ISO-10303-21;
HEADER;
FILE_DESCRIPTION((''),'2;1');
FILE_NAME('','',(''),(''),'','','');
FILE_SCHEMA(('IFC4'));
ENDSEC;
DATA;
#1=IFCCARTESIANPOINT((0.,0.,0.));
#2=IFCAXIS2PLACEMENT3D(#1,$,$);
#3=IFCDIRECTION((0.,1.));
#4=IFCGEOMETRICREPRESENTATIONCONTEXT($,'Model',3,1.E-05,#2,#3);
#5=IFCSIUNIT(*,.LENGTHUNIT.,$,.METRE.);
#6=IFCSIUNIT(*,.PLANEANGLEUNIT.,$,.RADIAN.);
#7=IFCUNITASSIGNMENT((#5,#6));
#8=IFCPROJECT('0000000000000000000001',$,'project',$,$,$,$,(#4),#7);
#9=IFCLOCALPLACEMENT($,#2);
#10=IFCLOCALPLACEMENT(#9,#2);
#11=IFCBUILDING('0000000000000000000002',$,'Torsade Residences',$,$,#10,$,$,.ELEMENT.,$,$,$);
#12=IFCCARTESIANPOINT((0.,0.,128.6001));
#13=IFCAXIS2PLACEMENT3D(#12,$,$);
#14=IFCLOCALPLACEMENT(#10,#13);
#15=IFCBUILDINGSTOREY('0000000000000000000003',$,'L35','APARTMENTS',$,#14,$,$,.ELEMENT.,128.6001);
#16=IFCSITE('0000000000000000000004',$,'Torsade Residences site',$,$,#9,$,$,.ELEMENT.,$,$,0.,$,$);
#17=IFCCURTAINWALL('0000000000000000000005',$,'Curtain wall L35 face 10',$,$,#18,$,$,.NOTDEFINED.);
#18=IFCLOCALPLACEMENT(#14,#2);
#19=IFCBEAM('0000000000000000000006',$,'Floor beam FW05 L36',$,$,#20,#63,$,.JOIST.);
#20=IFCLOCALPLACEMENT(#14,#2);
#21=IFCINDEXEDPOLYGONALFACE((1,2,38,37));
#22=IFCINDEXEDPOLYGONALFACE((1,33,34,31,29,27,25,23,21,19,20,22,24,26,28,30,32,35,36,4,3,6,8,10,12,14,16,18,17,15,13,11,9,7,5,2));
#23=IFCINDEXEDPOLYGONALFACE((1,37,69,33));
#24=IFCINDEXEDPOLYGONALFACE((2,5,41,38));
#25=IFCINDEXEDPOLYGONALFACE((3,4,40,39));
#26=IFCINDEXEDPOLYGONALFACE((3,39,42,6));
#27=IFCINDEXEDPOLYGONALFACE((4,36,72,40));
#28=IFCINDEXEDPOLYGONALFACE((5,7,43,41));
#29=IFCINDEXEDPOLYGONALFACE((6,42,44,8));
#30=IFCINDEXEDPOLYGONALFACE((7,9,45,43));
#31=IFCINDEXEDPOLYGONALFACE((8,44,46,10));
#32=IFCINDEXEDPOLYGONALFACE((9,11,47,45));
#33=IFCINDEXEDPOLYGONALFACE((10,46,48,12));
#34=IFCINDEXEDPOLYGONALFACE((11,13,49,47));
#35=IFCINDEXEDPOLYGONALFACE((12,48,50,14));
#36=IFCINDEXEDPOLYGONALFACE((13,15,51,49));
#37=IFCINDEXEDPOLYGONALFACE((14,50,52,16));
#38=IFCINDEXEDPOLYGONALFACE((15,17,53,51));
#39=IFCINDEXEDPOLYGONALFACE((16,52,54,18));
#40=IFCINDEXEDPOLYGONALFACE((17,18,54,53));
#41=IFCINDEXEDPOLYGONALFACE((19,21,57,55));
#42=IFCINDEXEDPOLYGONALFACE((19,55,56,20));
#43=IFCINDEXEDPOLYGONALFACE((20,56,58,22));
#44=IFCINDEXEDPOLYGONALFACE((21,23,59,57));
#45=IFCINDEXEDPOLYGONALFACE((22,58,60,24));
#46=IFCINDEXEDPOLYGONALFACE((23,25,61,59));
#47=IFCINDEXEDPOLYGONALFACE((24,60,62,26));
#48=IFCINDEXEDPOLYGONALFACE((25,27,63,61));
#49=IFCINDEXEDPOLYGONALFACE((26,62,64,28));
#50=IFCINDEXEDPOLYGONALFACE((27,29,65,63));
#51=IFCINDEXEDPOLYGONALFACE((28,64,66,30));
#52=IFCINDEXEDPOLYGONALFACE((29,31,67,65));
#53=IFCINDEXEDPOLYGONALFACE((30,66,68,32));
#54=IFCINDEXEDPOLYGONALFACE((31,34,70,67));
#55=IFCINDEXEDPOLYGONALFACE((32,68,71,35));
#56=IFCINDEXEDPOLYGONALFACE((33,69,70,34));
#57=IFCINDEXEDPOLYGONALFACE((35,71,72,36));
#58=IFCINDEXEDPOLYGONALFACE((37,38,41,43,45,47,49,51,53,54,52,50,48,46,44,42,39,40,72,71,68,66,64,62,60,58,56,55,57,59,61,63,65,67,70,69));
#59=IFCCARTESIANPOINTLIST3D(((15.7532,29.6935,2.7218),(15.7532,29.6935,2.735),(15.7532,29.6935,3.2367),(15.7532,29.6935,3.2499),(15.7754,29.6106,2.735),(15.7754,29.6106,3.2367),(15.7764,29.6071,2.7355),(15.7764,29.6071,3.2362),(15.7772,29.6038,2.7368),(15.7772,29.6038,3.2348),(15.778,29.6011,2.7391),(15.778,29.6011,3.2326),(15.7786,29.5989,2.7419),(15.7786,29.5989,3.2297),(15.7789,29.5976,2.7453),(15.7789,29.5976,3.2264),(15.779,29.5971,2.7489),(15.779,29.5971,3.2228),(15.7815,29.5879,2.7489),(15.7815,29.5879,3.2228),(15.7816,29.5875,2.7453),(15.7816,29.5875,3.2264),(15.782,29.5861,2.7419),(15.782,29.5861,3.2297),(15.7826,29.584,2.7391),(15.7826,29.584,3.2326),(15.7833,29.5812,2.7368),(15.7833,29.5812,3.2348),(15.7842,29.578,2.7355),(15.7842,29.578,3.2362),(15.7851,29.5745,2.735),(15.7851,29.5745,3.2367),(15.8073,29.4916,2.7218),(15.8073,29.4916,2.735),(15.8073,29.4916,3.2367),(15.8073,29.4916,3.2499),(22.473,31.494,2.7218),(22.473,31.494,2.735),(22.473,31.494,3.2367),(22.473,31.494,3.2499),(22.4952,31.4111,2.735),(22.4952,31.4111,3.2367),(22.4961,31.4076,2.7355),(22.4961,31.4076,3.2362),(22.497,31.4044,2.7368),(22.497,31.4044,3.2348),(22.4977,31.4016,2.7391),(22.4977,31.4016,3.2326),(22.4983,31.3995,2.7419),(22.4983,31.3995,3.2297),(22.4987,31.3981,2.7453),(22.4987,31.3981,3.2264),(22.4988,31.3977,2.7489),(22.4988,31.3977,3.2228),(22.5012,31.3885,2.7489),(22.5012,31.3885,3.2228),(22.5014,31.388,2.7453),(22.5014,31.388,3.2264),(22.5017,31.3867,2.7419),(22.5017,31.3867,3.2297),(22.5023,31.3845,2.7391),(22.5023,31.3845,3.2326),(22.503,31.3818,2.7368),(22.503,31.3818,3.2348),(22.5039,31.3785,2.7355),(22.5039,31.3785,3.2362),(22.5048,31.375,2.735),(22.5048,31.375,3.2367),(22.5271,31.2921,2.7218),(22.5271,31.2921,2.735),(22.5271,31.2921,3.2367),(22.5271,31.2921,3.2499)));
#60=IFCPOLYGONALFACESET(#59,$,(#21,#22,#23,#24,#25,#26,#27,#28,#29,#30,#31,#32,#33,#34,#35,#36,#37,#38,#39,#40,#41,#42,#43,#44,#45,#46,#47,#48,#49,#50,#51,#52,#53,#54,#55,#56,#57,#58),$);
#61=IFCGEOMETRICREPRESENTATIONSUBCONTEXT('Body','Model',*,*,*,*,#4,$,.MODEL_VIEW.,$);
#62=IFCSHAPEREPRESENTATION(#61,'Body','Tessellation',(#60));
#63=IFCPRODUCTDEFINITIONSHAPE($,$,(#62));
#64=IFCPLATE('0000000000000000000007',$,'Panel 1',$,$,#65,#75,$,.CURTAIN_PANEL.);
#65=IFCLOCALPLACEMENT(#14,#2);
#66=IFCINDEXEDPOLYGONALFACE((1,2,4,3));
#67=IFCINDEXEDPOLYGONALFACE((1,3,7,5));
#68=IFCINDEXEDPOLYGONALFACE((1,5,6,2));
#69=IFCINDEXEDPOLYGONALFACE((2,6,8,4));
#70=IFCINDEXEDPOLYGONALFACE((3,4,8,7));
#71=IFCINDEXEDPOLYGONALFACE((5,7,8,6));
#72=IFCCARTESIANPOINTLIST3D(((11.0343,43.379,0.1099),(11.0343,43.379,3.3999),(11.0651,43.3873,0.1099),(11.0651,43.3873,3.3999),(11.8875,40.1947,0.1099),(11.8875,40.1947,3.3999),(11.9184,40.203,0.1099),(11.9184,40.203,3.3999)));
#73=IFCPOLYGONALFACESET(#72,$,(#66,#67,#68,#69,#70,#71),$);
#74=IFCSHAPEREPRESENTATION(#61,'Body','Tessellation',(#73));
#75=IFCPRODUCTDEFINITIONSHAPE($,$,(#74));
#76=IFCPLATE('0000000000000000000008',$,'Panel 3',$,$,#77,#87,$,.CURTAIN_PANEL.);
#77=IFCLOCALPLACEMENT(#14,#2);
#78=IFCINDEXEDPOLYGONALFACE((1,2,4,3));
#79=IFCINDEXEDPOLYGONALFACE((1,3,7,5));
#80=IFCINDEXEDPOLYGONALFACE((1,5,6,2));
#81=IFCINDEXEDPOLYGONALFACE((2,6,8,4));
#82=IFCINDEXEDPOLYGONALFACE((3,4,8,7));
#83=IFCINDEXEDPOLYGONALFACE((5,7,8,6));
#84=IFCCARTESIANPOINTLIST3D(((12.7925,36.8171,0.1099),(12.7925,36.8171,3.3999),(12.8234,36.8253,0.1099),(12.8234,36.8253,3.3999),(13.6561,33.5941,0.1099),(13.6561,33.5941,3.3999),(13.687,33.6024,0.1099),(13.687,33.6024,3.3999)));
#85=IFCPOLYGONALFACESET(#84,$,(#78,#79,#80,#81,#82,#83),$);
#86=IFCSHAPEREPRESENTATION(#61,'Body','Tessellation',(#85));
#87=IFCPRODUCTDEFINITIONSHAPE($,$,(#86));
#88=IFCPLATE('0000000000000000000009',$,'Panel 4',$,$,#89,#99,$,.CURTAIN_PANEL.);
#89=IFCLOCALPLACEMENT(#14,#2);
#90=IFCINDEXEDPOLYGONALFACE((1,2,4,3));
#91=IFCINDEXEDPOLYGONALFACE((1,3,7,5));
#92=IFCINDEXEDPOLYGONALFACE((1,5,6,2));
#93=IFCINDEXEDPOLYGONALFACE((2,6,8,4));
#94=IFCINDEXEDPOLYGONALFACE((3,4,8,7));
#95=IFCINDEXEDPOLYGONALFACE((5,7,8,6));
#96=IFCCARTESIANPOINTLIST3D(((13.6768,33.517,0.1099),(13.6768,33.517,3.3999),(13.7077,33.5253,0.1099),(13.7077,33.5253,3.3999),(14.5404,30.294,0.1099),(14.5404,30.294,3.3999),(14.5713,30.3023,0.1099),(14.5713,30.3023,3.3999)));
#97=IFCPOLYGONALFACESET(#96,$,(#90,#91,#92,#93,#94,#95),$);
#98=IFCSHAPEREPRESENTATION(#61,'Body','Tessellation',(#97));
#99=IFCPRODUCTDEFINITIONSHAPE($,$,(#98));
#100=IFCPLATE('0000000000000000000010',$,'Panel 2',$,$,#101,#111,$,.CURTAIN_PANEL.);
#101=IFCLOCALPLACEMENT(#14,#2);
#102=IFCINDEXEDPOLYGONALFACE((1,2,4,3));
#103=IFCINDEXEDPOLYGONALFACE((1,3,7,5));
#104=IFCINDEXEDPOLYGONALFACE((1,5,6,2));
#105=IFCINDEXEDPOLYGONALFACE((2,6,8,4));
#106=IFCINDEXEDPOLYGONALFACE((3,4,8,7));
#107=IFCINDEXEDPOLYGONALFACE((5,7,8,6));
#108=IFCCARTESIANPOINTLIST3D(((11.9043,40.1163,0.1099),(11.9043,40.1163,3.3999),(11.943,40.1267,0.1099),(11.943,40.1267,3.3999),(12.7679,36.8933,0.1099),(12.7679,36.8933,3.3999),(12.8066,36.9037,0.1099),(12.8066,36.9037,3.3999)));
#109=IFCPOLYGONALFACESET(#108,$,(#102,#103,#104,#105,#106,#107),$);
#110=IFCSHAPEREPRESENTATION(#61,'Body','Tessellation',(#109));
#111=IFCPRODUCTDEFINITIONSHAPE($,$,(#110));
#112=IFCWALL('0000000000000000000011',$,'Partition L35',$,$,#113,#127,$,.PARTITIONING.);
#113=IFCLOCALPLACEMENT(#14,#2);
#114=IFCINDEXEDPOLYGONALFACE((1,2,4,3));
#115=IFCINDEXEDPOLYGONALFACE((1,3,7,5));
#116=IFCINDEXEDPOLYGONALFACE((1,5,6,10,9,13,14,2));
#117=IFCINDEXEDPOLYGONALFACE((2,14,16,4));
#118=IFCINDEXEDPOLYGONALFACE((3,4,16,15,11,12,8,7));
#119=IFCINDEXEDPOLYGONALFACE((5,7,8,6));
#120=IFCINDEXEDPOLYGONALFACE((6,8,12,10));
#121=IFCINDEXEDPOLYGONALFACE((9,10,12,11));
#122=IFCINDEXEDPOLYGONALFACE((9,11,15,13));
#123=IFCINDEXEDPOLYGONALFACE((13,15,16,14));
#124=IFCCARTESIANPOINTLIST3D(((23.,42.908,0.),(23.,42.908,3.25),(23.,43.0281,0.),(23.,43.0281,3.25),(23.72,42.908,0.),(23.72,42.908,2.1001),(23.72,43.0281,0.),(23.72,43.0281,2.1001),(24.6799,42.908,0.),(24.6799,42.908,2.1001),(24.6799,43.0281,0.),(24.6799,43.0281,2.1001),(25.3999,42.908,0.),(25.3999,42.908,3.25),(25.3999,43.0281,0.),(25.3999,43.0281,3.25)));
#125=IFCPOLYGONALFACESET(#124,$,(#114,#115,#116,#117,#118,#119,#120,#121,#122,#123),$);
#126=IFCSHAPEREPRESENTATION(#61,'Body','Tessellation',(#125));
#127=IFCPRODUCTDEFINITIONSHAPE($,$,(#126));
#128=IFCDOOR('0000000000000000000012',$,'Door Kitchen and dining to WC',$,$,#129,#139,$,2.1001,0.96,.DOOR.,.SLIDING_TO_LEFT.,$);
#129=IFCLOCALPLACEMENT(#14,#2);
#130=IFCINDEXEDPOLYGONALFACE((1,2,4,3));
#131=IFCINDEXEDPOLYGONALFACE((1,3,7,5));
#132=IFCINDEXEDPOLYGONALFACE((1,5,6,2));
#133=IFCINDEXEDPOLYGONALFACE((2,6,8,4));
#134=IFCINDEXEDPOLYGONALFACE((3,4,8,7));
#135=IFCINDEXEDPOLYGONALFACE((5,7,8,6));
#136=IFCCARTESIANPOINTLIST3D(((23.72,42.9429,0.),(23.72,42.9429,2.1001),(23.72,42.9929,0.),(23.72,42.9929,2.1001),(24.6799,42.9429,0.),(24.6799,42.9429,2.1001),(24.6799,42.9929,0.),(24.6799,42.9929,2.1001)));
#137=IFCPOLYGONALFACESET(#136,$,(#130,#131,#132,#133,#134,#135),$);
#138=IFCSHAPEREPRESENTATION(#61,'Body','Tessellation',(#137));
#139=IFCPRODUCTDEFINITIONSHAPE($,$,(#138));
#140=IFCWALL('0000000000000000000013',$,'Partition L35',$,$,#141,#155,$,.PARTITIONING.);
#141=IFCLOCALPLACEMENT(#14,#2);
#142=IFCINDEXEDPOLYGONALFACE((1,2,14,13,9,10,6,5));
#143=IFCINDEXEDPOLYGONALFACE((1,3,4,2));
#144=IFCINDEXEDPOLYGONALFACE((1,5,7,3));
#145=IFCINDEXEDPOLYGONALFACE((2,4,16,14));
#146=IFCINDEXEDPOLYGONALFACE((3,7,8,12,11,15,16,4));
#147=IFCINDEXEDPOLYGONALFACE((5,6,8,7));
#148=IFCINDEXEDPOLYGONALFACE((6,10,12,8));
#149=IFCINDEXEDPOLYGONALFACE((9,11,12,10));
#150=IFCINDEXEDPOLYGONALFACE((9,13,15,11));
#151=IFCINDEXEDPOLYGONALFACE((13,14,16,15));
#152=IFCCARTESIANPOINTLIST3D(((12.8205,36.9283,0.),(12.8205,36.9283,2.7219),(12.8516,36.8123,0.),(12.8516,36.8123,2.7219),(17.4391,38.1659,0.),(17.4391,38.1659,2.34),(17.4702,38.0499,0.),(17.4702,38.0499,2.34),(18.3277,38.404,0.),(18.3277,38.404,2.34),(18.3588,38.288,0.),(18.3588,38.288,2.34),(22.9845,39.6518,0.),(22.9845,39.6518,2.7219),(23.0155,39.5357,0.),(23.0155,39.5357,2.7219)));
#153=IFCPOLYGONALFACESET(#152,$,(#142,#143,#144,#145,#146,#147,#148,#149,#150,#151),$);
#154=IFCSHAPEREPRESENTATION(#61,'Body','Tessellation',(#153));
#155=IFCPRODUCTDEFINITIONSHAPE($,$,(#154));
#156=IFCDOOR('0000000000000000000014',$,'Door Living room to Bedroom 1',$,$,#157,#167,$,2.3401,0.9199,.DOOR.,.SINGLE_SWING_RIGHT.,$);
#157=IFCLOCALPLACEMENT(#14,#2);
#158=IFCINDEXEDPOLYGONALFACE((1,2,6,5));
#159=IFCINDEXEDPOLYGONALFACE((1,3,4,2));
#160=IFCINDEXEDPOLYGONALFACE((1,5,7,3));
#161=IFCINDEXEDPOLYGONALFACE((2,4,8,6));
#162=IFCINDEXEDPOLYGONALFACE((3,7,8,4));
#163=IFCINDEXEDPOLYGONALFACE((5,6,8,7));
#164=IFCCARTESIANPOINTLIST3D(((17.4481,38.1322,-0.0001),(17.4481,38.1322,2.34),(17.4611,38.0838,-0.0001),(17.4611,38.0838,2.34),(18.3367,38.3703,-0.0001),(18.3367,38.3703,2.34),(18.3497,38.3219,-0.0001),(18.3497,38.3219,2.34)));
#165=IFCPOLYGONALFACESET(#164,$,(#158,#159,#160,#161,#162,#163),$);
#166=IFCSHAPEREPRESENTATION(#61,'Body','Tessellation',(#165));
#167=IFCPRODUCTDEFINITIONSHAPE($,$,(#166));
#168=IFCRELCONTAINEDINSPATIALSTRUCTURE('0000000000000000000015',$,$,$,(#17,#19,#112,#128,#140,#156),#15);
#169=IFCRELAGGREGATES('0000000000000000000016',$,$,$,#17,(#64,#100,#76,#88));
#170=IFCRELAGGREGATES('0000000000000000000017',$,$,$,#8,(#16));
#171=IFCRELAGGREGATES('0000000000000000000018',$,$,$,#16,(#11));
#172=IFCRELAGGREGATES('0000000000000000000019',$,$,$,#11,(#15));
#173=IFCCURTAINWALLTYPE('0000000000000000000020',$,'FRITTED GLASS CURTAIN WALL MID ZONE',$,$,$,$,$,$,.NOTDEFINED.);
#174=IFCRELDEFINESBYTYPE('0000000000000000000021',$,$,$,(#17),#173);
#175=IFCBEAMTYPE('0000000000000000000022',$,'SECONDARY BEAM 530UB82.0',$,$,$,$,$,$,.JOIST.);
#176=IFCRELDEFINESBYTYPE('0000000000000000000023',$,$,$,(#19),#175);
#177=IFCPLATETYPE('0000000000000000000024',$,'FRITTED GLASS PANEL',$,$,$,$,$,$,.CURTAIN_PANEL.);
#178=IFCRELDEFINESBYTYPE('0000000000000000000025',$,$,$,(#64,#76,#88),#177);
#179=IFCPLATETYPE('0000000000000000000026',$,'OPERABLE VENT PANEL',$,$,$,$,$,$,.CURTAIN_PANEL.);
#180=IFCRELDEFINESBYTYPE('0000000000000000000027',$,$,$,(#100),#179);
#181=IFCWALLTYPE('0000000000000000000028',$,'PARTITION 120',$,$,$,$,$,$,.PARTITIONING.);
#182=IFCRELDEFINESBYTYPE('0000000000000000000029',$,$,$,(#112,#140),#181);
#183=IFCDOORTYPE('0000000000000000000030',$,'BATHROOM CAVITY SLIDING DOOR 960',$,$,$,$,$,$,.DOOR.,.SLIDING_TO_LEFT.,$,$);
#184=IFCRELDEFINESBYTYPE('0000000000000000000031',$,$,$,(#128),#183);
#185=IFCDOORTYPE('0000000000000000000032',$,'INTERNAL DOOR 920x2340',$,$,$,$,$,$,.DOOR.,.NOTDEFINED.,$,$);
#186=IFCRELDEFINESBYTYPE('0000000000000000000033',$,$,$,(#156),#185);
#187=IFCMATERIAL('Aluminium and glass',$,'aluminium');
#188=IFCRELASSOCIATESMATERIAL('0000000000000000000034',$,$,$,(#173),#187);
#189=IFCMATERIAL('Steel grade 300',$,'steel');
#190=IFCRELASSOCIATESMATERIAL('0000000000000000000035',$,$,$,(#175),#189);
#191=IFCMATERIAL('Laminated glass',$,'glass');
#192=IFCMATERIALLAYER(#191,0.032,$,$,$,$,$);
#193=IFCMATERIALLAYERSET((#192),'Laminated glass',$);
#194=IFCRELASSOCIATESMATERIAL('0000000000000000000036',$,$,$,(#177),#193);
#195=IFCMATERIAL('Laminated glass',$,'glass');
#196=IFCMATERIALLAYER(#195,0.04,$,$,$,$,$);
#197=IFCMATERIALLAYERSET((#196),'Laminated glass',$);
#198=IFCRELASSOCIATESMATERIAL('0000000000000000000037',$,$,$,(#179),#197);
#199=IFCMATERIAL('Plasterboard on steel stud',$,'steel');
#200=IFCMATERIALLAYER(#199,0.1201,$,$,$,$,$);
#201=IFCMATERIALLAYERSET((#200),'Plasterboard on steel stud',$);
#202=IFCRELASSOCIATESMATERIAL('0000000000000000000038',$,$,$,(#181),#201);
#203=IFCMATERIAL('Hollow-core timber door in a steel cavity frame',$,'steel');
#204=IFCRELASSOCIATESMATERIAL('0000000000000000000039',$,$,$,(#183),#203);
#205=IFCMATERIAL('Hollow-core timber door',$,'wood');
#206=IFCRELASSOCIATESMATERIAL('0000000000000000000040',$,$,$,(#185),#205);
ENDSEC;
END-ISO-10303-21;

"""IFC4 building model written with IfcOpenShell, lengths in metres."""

from ifc_helpers import new_model, si_unit, direction, frame, frame_2d, origin, origin_2d, place, context, subcontext, project, spatial, rectangle, i_section, extrude, material, layer, layer_set, material_profile, profile_set, type_object, element, fill, aggregate, save


model = new_model("IFC4")

# Units and contexts
model_context = context("Model", 3, precision=1e-05, world=origin(), true_north=direction((0.0, 1.0)))
body_context = subcontext(model_context, "Body", "Model", "MODEL_VIEW")
ifc_project = project(units=[si_unit("LENGTHUNIT", "METRE"), si_unit("PLANEANGLEUNIT", "RADIAN")], contexts=[model_context])

# Site, building, storey
site_placement = place(None, origin())
site = spatial("IfcSite", under=ifc_project, at=site_placement, Name="Torsade Residences site", CompositionType="ELEMENT", RefElevation=0.0)
building_placement = place(site_placement, origin())
building = spatial("IfcBuilding", under=site, at=building_placement, Name="Torsade Residences", CompositionType="ELEMENT")
storey_placement = place(building_placement, frame((0.0, 0.0, 128.6001)))
storey = spatial("IfcBuildingStorey", under=building, at=storey_placement, Name="L35", Description="APARTMENTS", CompositionType="ELEMENT", Elevation=128.6001)

# Curtain wall
ifc_material_1 = material(Name="Aluminium and glass", Category="aluminium")
curtain_wall_type = type_object("IfcCurtainWallType", Name="FRITTED GLASS CURTAIN WALL MID ZONE", PredefinedType="NOTDEFINED", material=ifc_material_1)
curtain_wall_placement = place(storey_placement, origin())
curtain_wall = element("IfcCurtainWall", 1, at=curtain_wall_placement, inside=storey, type_object=curtain_wall_type, Name="Curtain wall L35 face 10", PredefinedType="NOTDEFINED")

# Beam
ifc_material_2 = material(Name="Steel grade 300", Category="steel")
ifc_material_profile_1 = material_profile(ifc_material_2, i_section(OverallWidth=0.209, OverallDepth=0.5281, WebThickness=0.0095, FlangeThickness=0.0132, FilletRadius=0.0139, at=origin_2d()), Name="530UB82.0")
ifc_profile_set_1 = profile_set([ifc_material_profile_1], Name="Steel grade 300")
beam_type_1 = type_object("IfcBeamType", Name="SECONDARY BEAM 530UB82.0", PredefinedType="JOIST", material=ifc_profile_set_1)
beam_1_placement = place(storey_placement, frame((15.7803, 29.5925, 2.9858), z_axis=(0.965926, 0.258818, 0.0), x_axis=(-0.258818, 0.965926, 0.0)))
element("IfcBeam", 2, at=beam_1_placement, inside=storey, type_object=beam_type_1, Name="Floor beam FW05 L36", PredefinedType="JOIST", context=body_context, shape_type="SweptSolid", body=[
    extrude(i_section(OverallWidth=0.209, OverallDepth=0.5281, WebThickness=0.0095, FlangeThickness=0.0132, FilletRadius=0.0139, at=origin_2d()), origin(), (0.0, 0.0, 1.0), 6.9568),
])

# Plates
ifc_material_3 = material(Name="Laminated glass", Category="glass")
ifc_layer_1 = layer(ifc_material_3, 0.032)
ifc_layer_set_1 = layer_set([ifc_layer_1], Name="Laminated glass")
plate_type_1 = type_object("IfcPlateType", Name="FRITTED GLASS PANEL", PredefinedType="CURTAIN_PANEL", material=ifc_layer_set_1)
plate_1_placement = place(storey_placement, frame((11.4763, 41.791, 0.1099), z_axis=(0.0, 0.0, 1.0), x_axis=(0.258819, -0.965926, 0.0)))
plate_1 = element("IfcPlate", 3, at=plate_1_placement, type_object=plate_type_1, Name="Panel 1", PredefinedType="CURTAIN_PANEL", context=body_context, shape_type="SweptSolid", body=[
    extrude(rectangle(XDim=3.2966, YDim=0.032, at=origin_2d()), origin(), (0.0, 0.0, 1.0), 3.29),
])
plate_2_placement = place(storey_placement, frame((13.2397, 35.2097, 0.1099), z_axis=(0.0, 0.0, 1.0), x_axis=(0.258819, -0.965926, 0.0)))
plate_2 = element("IfcPlate", 4, at=plate_2_placement, type_object=plate_type_1, Name="Panel 3", PredefinedType="CURTAIN_PANEL", context=body_context, shape_type="SweptSolid", body=[
    extrude(rectangle(XDim=3.3367, YDim=0.032, at=origin_2d()), origin(), (0.0, 0.0, 1.0), 3.29),
])
plate_3_placement = place(storey_placement, frame((14.124, 31.9097, 0.1099), z_axis=(0.0, 0.0, 1.0), x_axis=(0.258819, -0.965926, 0.0)))
plate_3 = element("IfcPlate", 5, at=plate_3_placement, type_object=plate_type_1, Name="Panel 4", PredefinedType="CURTAIN_PANEL", context=body_context, shape_type="SweptSolid", body=[
    extrude(rectangle(XDim=3.3367, YDim=0.032, at=origin_2d()), origin(), (0.0, 0.0, 1.0), 3.29),
])
ifc_material_4 = material(Name="Laminated glass", Category="glass")
ifc_layer_2 = layer(ifc_material_4, 0.04)
ifc_layer_set_2 = layer_set([ifc_layer_2], Name="Laminated glass")
plate_type_2 = type_object("IfcPlateType", Name="OPERABLE VENT PANEL", PredefinedType="CURTAIN_PANEL", material=ifc_layer_set_2)
plate_4_placement = place(storey_placement, frame((12.3555, 38.51, 0.1099), z_axis=(0.0, 0.0, 1.0), x_axis=(0.258819, -0.965926, 0.0)))
plate_4 = element("IfcPlate", 6, at=plate_4_placement, type_object=plate_type_2, Name="Panel 2", PredefinedType="CURTAIN_PANEL", context=body_context, shape_type="SweptSolid", body=[
    extrude(rectangle(XDim=3.3367, YDim=0.04, at=origin_2d()), origin(), (0.0, 0.0, 1.0), 3.29),
])
aggregate(curtain_wall, [plate_1, plate_4, plate_2, plate_3])

# Walls, openings, doors
ifc_material_5 = material(Name="Plasterboard on steel stud", Category="steel")
ifc_layer_3 = layer(ifc_material_5, 0.1201)
ifc_layer_set_3 = layer_set([ifc_layer_3], Name="Plasterboard on steel stud")
wall_type_1 = type_object("IfcWallType", Name="PARTITION 120", PredefinedType="PARTITIONING", material=ifc_layer_set_3)
wall_1_placement = place(storey_placement, frame((23.0, 42.968, 0.0), z_axis=(0.0, 0.0, 1.0), x_axis=(1.0, 0.0, 0.0)))
wall_1 = element("IfcWall", 7, at=wall_1_placement, inside=storey, type_object=wall_type_1, Name="Partition L35", PredefinedType="PARTITIONING", context=body_context, shape_type="SweptSolid", body=[
    extrude(rectangle(XDim=2.3999, YDim=0.1201, at=frame_2d((1.2, 0.0))), origin(), (0.0, 0.0, 1.0), 3.25),
])
opening_1_placement = place(wall_1_placement, frame((0.72, 0.0, 0.0)))
opening_1 = element("IfcOpeningElement", 8, at=opening_1_placement, cuts=wall_1, PredefinedType="OPENING", context=body_context, shape_type="SweptSolid", body=[
    extrude(rectangle(XDim=0.96, YDim=2.1001, at=frame_2d((0.48, 1.05))), frame((0.0, 0.0701, 0.0), z_axis=(0.0, -1.0, 0.0), x_axis=(1.0, 0.0, 0.0)), (0.0, 0.0, 1.0), 0.1401),
])
ifc_material_6 = material(Name="Hollow-core timber door in a steel cavity frame", Category="steel")
door_type_1 = type_object("IfcDoorType", Name="BATHROOM CAVITY SLIDING DOOR 960", OperationType="SLIDING_TO_LEFT", PredefinedType="DOOR", material=ifc_material_6)
door_1_placement = place(opening_1_placement, origin())
door_1 = element("IfcDoor", 9, at=door_1_placement, inside=storey, type_object=door_type_1, Name="Door Kitchen and dining to WC", OperationType="SLIDING_TO_LEFT", OverallHeight=2.1001, OverallWidth=0.96, PredefinedType="DOOR", context=body_context, shape_type="SweptSolid", body=[
    extrude(rectangle(XDim=0.96, YDim=2.1001, at=frame_2d((0.48, 1.05))), frame((0.0, 0.0249, 0.0), z_axis=(0.0, -1.0, 0.0), x_axis=(1.0, 0.0, 0.0)), (0.0, 0.0, 1.0), 0.05),
])
fill(opening_1, door_1)
wall_2_placement = place(storey_placement, frame((23.0, 39.5938, 0.0), z_axis=(0.0, 0.0, 1.0), x_axis=(-0.965926, -0.258819, 0.0)))
wall_2 = element("IfcWall", 10, at=wall_2_placement, inside=storey, type_object=wall_type_1, Name="Partition L35", PredefinedType="PARTITIONING", context=body_context, shape_type="SweptSolid", body=[
    extrude(rectangle(XDim=10.5225, YDim=0.1201, at=frame_2d((5.2612, 0.0))), origin(), (0.0, 0.0, 1.0), 2.7219),
])
opening_2_placement = place(wall_2_placement, frame((4.821, 0.0, 0.0)))
opening_2 = element("IfcOpeningElement", 11, at=opening_2_placement, cuts=wall_2, PredefinedType="OPENING", context=body_context, shape_type="SweptSolid", body=[
    extrude(rectangle(XDim=0.9199, YDim=2.3401, at=frame_2d((0.46, 1.1699))), frame((0.0, 0.0701, 0.0), z_axis=(0.0, -1.0, 0.0), x_axis=(1.0, 0.0, 0.0)), (0.0, 0.0, 1.0), 0.1401),
])
ifc_material_7 = material(Name="Hollow-core timber door", Category="wood")
door_type_2 = type_object("IfcDoorType", Name="INTERNAL DOOR 920x2340", OperationType="NOTDEFINED", PredefinedType="DOOR", material=ifc_material_7)
door_2_placement = place(opening_2_placement, origin())
door_2 = element("IfcDoor", 12, at=door_2_placement, inside=storey, type_object=door_type_2, Name="Door Living room to Bedroom 1", OperationType="SINGLE_SWING_RIGHT", OverallHeight=2.3401, OverallWidth=0.9199, PredefinedType="DOOR", context=body_context, shape_type="SweptSolid", body=[
    extrude(rectangle(XDim=0.9199, YDim=2.3401, at=frame_2d((0.46, 1.1699))), frame((0.0, 0.0249, 0.0), z_axis=(0.0, -1.0, 0.0), x_axis=(1.0, 0.0, 0.0)), (0.0, 0.0, 1.0), 0.05),
])
fill(opening_2, door_2)

save(model, "model.ifc")
